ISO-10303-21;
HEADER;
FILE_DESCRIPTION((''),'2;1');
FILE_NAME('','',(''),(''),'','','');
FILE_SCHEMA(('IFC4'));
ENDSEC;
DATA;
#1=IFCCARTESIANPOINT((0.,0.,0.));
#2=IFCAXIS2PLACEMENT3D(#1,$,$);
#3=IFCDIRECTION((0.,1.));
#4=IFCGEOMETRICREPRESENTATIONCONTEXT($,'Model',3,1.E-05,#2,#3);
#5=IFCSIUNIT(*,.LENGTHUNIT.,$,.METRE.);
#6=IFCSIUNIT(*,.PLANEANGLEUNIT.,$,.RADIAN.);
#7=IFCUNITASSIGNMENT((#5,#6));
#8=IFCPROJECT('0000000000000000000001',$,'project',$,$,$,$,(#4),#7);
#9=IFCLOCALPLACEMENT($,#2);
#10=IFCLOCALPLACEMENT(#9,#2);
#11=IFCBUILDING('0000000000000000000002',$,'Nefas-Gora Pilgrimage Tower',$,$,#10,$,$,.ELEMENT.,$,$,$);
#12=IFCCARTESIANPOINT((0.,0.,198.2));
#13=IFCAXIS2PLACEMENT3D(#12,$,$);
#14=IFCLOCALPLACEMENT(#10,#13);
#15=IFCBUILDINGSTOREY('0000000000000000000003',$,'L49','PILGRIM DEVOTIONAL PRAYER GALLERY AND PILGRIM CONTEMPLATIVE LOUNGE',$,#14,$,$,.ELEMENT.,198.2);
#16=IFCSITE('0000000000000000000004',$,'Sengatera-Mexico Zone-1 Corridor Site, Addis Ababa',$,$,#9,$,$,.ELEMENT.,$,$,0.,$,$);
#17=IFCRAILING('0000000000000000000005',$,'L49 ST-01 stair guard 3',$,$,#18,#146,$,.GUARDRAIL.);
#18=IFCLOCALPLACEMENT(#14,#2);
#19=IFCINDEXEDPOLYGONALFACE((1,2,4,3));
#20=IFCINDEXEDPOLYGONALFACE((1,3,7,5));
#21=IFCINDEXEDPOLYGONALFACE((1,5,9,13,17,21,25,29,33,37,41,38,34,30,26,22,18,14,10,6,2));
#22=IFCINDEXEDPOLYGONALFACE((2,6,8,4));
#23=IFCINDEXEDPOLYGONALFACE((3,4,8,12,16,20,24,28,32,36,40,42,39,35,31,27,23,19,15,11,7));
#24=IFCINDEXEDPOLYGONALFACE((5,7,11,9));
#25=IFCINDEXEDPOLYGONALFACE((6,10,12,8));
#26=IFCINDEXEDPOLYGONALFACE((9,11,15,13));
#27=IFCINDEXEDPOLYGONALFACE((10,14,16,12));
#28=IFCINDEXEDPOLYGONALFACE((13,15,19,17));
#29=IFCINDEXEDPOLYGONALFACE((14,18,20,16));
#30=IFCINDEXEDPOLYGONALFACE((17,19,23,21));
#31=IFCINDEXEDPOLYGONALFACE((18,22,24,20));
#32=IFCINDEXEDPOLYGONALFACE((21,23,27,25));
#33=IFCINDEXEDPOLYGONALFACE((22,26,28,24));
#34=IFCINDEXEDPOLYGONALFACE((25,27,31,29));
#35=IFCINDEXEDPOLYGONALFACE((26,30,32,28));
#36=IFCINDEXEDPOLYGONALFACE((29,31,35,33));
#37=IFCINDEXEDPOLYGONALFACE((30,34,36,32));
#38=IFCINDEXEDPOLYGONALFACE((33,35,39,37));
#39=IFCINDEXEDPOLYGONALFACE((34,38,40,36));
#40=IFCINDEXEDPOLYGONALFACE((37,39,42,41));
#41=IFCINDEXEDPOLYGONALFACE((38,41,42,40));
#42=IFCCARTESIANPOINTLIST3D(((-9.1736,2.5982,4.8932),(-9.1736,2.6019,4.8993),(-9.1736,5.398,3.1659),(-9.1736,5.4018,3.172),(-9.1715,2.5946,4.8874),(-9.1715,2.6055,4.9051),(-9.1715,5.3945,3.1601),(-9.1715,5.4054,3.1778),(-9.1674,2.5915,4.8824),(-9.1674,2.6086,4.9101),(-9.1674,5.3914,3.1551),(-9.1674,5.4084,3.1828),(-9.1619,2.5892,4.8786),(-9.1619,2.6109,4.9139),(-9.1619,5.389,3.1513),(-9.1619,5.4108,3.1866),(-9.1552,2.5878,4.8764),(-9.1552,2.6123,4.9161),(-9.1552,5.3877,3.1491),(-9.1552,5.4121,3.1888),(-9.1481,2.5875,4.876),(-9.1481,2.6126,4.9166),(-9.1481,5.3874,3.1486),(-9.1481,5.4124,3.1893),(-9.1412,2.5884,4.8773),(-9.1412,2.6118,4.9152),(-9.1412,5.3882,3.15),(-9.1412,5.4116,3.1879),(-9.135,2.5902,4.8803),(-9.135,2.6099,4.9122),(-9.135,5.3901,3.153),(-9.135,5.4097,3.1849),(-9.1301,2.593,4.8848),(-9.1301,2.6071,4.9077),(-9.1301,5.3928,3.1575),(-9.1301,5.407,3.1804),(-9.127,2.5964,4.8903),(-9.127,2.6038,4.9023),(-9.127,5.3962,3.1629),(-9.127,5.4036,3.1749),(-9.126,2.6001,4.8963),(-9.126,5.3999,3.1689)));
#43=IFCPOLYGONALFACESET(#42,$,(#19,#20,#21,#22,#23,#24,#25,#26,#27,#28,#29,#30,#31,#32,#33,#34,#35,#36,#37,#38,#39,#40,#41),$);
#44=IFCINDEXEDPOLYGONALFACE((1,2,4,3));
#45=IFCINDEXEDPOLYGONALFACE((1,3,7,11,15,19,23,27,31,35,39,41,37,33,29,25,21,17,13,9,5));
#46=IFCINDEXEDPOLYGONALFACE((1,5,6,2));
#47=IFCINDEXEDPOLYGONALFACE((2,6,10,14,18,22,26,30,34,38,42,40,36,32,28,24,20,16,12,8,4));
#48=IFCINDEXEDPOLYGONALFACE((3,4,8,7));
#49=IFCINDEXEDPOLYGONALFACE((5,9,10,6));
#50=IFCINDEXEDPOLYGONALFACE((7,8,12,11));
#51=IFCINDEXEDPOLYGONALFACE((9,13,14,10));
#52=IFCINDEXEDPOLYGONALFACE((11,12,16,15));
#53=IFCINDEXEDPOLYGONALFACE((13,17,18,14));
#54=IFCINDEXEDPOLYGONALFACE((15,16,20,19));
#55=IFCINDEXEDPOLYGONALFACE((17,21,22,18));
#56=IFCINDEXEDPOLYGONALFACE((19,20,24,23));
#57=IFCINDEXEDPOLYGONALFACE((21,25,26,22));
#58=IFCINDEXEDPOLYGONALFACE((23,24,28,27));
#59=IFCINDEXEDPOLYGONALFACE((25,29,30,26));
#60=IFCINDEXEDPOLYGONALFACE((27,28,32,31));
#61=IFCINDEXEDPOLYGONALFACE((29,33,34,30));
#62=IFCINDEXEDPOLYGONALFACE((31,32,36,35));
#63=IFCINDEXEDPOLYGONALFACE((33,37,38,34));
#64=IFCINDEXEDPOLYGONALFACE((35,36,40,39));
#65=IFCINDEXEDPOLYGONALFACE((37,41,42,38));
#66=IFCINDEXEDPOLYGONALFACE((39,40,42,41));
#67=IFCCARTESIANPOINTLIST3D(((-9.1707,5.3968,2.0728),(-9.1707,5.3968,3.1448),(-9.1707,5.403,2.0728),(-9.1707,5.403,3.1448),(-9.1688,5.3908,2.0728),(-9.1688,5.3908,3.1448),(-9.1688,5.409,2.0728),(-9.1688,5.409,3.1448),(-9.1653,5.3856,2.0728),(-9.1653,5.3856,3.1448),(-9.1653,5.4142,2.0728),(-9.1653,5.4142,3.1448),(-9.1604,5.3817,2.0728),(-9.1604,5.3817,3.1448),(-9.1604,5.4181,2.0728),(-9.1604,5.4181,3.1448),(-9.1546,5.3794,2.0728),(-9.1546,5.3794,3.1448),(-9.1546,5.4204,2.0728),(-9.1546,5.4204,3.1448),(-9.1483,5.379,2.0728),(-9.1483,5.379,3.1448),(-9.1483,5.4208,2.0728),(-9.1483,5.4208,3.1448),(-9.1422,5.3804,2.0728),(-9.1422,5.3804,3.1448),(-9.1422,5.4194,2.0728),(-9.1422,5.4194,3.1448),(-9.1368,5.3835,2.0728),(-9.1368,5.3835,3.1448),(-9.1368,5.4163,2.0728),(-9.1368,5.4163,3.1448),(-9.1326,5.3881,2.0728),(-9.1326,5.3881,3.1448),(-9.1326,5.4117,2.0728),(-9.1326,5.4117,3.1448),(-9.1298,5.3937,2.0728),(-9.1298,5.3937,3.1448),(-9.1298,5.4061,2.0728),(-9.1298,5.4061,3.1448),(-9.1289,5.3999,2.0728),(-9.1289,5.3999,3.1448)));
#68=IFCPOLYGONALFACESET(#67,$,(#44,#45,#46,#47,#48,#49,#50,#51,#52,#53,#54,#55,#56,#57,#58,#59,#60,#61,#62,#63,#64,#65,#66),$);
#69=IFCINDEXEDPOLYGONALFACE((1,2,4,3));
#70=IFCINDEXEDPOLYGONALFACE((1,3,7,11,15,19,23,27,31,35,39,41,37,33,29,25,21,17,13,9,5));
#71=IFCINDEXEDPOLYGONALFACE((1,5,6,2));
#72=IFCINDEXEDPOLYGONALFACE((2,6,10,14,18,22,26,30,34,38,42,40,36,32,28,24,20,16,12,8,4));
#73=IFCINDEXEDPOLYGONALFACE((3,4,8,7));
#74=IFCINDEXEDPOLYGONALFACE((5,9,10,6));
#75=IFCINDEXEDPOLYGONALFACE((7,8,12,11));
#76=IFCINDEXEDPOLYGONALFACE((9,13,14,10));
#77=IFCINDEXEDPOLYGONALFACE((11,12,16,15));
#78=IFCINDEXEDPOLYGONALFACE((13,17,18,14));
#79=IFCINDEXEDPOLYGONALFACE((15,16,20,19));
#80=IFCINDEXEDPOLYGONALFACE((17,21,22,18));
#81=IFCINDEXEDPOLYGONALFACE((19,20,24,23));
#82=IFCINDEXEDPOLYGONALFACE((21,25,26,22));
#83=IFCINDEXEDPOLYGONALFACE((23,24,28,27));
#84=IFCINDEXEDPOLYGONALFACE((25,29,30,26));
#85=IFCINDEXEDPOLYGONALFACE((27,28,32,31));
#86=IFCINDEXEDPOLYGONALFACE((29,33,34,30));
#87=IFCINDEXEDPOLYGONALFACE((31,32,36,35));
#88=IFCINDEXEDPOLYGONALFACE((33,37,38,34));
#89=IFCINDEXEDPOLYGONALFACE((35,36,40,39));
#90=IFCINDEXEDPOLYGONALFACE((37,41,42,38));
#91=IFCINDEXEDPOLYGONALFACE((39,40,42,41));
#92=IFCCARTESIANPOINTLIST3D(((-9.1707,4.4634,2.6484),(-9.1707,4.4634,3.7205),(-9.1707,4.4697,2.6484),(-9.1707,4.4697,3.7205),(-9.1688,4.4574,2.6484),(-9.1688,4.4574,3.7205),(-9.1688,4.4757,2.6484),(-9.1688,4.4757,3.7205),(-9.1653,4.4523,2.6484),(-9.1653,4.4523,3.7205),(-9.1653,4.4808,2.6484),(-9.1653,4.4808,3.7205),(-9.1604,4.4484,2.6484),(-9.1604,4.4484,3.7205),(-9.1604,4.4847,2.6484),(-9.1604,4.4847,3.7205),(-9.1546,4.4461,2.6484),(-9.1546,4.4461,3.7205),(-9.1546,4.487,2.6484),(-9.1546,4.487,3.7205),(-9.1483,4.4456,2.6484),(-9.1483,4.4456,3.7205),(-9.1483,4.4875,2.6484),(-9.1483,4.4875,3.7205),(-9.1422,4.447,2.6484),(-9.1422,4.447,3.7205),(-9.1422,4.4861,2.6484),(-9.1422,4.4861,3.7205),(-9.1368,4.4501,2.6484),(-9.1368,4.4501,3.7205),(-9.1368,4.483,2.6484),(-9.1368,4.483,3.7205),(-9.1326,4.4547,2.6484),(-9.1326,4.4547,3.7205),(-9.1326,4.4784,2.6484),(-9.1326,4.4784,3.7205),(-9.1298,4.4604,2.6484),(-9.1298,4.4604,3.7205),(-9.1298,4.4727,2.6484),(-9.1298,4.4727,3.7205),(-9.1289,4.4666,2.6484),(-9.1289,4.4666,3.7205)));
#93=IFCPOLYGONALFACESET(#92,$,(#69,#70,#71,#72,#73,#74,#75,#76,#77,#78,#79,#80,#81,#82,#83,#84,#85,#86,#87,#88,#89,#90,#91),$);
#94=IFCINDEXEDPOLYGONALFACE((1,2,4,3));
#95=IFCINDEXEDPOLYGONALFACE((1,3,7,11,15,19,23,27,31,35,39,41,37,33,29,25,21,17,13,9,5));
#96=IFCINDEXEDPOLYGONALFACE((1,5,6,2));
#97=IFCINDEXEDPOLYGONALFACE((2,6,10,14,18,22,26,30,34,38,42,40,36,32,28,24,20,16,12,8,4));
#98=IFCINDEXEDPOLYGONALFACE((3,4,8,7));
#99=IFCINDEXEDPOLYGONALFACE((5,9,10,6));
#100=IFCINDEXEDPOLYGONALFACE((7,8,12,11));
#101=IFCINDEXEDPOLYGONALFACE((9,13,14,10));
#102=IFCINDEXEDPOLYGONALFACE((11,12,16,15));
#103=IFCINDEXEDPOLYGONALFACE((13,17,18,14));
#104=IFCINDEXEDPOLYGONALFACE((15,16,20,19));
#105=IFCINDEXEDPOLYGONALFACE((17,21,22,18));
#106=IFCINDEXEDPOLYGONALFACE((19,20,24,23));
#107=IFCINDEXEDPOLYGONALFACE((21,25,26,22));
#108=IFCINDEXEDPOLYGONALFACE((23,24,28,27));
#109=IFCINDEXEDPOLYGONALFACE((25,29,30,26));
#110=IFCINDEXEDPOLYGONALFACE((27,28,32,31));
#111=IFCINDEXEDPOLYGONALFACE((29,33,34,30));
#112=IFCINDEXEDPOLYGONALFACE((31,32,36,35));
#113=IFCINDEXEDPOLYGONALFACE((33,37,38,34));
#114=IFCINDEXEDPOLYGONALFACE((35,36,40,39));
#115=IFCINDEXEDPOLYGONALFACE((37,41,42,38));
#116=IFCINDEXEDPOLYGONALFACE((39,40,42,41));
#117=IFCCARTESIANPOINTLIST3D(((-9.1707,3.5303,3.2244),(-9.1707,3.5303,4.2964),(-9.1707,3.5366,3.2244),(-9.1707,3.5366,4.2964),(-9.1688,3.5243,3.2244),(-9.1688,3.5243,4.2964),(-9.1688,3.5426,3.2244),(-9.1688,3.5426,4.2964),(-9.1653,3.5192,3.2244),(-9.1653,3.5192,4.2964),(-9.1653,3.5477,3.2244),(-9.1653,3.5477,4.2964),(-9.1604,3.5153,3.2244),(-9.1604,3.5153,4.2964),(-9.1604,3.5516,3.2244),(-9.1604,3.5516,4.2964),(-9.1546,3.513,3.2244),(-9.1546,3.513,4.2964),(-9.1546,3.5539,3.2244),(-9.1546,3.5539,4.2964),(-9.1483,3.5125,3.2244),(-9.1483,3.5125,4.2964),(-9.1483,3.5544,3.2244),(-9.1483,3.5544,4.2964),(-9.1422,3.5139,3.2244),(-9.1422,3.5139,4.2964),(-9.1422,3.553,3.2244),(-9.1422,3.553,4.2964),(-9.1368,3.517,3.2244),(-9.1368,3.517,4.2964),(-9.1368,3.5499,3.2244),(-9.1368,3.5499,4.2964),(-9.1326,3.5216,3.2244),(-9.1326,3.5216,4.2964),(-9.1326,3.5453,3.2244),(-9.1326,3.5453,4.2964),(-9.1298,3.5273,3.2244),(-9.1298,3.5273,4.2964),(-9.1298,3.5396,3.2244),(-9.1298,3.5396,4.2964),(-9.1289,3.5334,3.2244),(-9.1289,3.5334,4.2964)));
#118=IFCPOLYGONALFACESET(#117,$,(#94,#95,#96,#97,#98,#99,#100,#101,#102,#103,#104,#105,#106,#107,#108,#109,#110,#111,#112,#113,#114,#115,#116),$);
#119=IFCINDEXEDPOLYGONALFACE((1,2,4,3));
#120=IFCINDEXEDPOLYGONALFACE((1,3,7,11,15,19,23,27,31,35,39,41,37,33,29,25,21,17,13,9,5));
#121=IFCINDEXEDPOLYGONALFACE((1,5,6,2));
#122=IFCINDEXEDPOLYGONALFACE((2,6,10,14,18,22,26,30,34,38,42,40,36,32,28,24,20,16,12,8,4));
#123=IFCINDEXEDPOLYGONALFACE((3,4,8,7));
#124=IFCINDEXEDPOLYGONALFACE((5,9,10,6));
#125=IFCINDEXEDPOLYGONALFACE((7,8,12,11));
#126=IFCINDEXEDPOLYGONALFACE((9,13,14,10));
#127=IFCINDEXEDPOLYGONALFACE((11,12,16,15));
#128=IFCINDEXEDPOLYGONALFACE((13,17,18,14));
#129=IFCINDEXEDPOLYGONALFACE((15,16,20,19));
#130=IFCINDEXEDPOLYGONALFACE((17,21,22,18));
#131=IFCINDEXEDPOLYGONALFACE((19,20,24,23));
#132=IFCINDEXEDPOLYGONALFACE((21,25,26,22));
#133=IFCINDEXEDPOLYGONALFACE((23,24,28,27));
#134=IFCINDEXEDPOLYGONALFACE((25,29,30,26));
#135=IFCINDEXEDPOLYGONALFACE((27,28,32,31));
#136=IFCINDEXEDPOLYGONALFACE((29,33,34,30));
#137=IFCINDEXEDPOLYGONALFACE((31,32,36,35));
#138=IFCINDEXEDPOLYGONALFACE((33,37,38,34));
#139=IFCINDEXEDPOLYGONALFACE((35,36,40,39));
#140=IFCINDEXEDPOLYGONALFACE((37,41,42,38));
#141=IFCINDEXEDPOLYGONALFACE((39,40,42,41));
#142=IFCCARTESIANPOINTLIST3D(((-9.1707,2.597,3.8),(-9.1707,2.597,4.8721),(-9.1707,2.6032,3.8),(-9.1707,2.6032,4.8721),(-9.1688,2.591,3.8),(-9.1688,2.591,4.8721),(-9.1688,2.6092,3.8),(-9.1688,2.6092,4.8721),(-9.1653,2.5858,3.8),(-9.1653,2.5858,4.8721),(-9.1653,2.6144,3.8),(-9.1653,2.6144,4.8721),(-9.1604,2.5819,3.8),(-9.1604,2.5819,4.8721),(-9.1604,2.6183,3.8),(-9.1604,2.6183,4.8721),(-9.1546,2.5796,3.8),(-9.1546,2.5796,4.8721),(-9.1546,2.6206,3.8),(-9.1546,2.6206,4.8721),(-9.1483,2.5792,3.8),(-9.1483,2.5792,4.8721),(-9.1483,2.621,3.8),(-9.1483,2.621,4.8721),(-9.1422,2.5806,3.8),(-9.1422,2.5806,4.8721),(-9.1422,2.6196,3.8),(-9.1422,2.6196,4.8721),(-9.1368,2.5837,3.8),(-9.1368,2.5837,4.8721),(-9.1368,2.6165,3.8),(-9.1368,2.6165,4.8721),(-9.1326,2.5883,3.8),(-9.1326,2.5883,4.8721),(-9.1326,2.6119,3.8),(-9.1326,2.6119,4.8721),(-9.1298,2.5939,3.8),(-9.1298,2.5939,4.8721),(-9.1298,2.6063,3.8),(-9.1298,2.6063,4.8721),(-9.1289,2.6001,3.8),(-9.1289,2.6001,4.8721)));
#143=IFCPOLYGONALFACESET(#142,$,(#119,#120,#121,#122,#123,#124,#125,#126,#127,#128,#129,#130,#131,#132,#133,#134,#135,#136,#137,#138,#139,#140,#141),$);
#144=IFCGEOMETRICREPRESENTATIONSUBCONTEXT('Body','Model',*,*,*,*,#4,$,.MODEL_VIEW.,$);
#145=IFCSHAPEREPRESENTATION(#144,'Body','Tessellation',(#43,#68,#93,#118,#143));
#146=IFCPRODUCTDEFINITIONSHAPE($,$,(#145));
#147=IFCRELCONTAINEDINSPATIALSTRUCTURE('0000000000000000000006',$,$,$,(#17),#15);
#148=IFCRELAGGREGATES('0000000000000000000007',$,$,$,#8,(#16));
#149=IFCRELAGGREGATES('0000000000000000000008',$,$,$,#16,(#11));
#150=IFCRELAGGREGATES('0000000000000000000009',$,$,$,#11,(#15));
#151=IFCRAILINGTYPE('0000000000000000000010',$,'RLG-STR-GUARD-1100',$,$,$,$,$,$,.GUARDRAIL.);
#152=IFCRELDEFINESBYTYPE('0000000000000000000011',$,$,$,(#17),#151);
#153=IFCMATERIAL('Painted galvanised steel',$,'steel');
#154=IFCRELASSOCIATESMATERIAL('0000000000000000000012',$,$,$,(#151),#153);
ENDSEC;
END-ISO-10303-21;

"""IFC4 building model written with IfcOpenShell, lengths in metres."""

from ifc_helpers import new_model, si_unit, direction, frame, origin, origin_2d, place, context, subcontext, project, spatial, circle, extrude, material, type_object, element, save


model = new_model("IFC4")

# Units and contexts
model_context = context("Model", 3, precision=1e-05, world=origin(), true_north=direction((0.0, 1.0)))
body_context = subcontext(model_context, "Body", "Model", "MODEL_VIEW")
ifc_project = project(units=[si_unit("LENGTHUNIT", "METRE"), si_unit("PLANEANGLEUNIT", "RADIAN")], contexts=[model_context])

# Site, building, storey
site_placement = place(None, origin())
site = spatial("IfcSite", under=ifc_project, at=site_placement, Name="Sengatera-Mexico Zone-1 Corridor Site, Addis Ababa", CompositionType="ELEMENT", RefElevation=0.0)
building_placement = place(site_placement, origin())
building = spatial("IfcBuilding", under=site, at=building_placement, Name="Nefas-Gora Pilgrimage Tower", CompositionType="ELEMENT")
storey_placement = place(building_placement, frame((0.0, 0.0, 198.2)))
storey = spatial("IfcBuildingStorey", under=building, at=storey_placement, Name="L49", Description="PILGRIM DEVOTIONAL PRAYER GALLERY AND PILGRIM CONTEMPLATIVE LOUNGE", CompositionType="ELEMENT", Elevation=198.2)

# Railing
ifc_material_1 = material(Name="Painted galvanised steel", Category="steel")
railing_type_1 = type_object("IfcRailingType", Name="RLG-STR-GUARD-1100", PredefinedType="GUARDRAIL", material=ifc_material_1)
railing_1_placement = place(storey_placement, frame((-9.1499, 5.3999, 2.0728)))
element("IfcRailing", 1, at=railing_1_placement, inside=storey, type_object=railing_type_1, Name="L49 ST-01 stair guard 3", PredefinedType="GUARDRAIL", context=body_context, shape_type="SweptSolid", body=[
    extrude(circle(Radius=0.0239, at=origin_2d()), frame((0.0, 0.0, 1.0962), z_axis=(0.0, -0.851069, 0.525054), x_axis=(1.0, 0.0, 0.0)), (0.0, 0.0, 1.0), 3.2898),
    extrude(circle(Radius=0.021, at=origin_2d()), origin(), (0.0, 0.0, 1.0), 1.072),
    extrude(circle(Radius=0.021, at=origin_2d()), frame((0.0, -0.9333, 0.5757)), (0.0, 0.0, 1.0), 1.072),
    extrude(circle(Radius=0.021, at=origin_2d()), frame((0.0, -1.8665, 1.1516)), (0.0, 0.0, 1.0), 1.072),
    extrude(circle(Radius=0.021, at=origin_2d()), frame((0.0, -2.7998, 1.7273)), (0.0, 0.0, 1.0), 1.072),
])

save(model, "model.ifc")
